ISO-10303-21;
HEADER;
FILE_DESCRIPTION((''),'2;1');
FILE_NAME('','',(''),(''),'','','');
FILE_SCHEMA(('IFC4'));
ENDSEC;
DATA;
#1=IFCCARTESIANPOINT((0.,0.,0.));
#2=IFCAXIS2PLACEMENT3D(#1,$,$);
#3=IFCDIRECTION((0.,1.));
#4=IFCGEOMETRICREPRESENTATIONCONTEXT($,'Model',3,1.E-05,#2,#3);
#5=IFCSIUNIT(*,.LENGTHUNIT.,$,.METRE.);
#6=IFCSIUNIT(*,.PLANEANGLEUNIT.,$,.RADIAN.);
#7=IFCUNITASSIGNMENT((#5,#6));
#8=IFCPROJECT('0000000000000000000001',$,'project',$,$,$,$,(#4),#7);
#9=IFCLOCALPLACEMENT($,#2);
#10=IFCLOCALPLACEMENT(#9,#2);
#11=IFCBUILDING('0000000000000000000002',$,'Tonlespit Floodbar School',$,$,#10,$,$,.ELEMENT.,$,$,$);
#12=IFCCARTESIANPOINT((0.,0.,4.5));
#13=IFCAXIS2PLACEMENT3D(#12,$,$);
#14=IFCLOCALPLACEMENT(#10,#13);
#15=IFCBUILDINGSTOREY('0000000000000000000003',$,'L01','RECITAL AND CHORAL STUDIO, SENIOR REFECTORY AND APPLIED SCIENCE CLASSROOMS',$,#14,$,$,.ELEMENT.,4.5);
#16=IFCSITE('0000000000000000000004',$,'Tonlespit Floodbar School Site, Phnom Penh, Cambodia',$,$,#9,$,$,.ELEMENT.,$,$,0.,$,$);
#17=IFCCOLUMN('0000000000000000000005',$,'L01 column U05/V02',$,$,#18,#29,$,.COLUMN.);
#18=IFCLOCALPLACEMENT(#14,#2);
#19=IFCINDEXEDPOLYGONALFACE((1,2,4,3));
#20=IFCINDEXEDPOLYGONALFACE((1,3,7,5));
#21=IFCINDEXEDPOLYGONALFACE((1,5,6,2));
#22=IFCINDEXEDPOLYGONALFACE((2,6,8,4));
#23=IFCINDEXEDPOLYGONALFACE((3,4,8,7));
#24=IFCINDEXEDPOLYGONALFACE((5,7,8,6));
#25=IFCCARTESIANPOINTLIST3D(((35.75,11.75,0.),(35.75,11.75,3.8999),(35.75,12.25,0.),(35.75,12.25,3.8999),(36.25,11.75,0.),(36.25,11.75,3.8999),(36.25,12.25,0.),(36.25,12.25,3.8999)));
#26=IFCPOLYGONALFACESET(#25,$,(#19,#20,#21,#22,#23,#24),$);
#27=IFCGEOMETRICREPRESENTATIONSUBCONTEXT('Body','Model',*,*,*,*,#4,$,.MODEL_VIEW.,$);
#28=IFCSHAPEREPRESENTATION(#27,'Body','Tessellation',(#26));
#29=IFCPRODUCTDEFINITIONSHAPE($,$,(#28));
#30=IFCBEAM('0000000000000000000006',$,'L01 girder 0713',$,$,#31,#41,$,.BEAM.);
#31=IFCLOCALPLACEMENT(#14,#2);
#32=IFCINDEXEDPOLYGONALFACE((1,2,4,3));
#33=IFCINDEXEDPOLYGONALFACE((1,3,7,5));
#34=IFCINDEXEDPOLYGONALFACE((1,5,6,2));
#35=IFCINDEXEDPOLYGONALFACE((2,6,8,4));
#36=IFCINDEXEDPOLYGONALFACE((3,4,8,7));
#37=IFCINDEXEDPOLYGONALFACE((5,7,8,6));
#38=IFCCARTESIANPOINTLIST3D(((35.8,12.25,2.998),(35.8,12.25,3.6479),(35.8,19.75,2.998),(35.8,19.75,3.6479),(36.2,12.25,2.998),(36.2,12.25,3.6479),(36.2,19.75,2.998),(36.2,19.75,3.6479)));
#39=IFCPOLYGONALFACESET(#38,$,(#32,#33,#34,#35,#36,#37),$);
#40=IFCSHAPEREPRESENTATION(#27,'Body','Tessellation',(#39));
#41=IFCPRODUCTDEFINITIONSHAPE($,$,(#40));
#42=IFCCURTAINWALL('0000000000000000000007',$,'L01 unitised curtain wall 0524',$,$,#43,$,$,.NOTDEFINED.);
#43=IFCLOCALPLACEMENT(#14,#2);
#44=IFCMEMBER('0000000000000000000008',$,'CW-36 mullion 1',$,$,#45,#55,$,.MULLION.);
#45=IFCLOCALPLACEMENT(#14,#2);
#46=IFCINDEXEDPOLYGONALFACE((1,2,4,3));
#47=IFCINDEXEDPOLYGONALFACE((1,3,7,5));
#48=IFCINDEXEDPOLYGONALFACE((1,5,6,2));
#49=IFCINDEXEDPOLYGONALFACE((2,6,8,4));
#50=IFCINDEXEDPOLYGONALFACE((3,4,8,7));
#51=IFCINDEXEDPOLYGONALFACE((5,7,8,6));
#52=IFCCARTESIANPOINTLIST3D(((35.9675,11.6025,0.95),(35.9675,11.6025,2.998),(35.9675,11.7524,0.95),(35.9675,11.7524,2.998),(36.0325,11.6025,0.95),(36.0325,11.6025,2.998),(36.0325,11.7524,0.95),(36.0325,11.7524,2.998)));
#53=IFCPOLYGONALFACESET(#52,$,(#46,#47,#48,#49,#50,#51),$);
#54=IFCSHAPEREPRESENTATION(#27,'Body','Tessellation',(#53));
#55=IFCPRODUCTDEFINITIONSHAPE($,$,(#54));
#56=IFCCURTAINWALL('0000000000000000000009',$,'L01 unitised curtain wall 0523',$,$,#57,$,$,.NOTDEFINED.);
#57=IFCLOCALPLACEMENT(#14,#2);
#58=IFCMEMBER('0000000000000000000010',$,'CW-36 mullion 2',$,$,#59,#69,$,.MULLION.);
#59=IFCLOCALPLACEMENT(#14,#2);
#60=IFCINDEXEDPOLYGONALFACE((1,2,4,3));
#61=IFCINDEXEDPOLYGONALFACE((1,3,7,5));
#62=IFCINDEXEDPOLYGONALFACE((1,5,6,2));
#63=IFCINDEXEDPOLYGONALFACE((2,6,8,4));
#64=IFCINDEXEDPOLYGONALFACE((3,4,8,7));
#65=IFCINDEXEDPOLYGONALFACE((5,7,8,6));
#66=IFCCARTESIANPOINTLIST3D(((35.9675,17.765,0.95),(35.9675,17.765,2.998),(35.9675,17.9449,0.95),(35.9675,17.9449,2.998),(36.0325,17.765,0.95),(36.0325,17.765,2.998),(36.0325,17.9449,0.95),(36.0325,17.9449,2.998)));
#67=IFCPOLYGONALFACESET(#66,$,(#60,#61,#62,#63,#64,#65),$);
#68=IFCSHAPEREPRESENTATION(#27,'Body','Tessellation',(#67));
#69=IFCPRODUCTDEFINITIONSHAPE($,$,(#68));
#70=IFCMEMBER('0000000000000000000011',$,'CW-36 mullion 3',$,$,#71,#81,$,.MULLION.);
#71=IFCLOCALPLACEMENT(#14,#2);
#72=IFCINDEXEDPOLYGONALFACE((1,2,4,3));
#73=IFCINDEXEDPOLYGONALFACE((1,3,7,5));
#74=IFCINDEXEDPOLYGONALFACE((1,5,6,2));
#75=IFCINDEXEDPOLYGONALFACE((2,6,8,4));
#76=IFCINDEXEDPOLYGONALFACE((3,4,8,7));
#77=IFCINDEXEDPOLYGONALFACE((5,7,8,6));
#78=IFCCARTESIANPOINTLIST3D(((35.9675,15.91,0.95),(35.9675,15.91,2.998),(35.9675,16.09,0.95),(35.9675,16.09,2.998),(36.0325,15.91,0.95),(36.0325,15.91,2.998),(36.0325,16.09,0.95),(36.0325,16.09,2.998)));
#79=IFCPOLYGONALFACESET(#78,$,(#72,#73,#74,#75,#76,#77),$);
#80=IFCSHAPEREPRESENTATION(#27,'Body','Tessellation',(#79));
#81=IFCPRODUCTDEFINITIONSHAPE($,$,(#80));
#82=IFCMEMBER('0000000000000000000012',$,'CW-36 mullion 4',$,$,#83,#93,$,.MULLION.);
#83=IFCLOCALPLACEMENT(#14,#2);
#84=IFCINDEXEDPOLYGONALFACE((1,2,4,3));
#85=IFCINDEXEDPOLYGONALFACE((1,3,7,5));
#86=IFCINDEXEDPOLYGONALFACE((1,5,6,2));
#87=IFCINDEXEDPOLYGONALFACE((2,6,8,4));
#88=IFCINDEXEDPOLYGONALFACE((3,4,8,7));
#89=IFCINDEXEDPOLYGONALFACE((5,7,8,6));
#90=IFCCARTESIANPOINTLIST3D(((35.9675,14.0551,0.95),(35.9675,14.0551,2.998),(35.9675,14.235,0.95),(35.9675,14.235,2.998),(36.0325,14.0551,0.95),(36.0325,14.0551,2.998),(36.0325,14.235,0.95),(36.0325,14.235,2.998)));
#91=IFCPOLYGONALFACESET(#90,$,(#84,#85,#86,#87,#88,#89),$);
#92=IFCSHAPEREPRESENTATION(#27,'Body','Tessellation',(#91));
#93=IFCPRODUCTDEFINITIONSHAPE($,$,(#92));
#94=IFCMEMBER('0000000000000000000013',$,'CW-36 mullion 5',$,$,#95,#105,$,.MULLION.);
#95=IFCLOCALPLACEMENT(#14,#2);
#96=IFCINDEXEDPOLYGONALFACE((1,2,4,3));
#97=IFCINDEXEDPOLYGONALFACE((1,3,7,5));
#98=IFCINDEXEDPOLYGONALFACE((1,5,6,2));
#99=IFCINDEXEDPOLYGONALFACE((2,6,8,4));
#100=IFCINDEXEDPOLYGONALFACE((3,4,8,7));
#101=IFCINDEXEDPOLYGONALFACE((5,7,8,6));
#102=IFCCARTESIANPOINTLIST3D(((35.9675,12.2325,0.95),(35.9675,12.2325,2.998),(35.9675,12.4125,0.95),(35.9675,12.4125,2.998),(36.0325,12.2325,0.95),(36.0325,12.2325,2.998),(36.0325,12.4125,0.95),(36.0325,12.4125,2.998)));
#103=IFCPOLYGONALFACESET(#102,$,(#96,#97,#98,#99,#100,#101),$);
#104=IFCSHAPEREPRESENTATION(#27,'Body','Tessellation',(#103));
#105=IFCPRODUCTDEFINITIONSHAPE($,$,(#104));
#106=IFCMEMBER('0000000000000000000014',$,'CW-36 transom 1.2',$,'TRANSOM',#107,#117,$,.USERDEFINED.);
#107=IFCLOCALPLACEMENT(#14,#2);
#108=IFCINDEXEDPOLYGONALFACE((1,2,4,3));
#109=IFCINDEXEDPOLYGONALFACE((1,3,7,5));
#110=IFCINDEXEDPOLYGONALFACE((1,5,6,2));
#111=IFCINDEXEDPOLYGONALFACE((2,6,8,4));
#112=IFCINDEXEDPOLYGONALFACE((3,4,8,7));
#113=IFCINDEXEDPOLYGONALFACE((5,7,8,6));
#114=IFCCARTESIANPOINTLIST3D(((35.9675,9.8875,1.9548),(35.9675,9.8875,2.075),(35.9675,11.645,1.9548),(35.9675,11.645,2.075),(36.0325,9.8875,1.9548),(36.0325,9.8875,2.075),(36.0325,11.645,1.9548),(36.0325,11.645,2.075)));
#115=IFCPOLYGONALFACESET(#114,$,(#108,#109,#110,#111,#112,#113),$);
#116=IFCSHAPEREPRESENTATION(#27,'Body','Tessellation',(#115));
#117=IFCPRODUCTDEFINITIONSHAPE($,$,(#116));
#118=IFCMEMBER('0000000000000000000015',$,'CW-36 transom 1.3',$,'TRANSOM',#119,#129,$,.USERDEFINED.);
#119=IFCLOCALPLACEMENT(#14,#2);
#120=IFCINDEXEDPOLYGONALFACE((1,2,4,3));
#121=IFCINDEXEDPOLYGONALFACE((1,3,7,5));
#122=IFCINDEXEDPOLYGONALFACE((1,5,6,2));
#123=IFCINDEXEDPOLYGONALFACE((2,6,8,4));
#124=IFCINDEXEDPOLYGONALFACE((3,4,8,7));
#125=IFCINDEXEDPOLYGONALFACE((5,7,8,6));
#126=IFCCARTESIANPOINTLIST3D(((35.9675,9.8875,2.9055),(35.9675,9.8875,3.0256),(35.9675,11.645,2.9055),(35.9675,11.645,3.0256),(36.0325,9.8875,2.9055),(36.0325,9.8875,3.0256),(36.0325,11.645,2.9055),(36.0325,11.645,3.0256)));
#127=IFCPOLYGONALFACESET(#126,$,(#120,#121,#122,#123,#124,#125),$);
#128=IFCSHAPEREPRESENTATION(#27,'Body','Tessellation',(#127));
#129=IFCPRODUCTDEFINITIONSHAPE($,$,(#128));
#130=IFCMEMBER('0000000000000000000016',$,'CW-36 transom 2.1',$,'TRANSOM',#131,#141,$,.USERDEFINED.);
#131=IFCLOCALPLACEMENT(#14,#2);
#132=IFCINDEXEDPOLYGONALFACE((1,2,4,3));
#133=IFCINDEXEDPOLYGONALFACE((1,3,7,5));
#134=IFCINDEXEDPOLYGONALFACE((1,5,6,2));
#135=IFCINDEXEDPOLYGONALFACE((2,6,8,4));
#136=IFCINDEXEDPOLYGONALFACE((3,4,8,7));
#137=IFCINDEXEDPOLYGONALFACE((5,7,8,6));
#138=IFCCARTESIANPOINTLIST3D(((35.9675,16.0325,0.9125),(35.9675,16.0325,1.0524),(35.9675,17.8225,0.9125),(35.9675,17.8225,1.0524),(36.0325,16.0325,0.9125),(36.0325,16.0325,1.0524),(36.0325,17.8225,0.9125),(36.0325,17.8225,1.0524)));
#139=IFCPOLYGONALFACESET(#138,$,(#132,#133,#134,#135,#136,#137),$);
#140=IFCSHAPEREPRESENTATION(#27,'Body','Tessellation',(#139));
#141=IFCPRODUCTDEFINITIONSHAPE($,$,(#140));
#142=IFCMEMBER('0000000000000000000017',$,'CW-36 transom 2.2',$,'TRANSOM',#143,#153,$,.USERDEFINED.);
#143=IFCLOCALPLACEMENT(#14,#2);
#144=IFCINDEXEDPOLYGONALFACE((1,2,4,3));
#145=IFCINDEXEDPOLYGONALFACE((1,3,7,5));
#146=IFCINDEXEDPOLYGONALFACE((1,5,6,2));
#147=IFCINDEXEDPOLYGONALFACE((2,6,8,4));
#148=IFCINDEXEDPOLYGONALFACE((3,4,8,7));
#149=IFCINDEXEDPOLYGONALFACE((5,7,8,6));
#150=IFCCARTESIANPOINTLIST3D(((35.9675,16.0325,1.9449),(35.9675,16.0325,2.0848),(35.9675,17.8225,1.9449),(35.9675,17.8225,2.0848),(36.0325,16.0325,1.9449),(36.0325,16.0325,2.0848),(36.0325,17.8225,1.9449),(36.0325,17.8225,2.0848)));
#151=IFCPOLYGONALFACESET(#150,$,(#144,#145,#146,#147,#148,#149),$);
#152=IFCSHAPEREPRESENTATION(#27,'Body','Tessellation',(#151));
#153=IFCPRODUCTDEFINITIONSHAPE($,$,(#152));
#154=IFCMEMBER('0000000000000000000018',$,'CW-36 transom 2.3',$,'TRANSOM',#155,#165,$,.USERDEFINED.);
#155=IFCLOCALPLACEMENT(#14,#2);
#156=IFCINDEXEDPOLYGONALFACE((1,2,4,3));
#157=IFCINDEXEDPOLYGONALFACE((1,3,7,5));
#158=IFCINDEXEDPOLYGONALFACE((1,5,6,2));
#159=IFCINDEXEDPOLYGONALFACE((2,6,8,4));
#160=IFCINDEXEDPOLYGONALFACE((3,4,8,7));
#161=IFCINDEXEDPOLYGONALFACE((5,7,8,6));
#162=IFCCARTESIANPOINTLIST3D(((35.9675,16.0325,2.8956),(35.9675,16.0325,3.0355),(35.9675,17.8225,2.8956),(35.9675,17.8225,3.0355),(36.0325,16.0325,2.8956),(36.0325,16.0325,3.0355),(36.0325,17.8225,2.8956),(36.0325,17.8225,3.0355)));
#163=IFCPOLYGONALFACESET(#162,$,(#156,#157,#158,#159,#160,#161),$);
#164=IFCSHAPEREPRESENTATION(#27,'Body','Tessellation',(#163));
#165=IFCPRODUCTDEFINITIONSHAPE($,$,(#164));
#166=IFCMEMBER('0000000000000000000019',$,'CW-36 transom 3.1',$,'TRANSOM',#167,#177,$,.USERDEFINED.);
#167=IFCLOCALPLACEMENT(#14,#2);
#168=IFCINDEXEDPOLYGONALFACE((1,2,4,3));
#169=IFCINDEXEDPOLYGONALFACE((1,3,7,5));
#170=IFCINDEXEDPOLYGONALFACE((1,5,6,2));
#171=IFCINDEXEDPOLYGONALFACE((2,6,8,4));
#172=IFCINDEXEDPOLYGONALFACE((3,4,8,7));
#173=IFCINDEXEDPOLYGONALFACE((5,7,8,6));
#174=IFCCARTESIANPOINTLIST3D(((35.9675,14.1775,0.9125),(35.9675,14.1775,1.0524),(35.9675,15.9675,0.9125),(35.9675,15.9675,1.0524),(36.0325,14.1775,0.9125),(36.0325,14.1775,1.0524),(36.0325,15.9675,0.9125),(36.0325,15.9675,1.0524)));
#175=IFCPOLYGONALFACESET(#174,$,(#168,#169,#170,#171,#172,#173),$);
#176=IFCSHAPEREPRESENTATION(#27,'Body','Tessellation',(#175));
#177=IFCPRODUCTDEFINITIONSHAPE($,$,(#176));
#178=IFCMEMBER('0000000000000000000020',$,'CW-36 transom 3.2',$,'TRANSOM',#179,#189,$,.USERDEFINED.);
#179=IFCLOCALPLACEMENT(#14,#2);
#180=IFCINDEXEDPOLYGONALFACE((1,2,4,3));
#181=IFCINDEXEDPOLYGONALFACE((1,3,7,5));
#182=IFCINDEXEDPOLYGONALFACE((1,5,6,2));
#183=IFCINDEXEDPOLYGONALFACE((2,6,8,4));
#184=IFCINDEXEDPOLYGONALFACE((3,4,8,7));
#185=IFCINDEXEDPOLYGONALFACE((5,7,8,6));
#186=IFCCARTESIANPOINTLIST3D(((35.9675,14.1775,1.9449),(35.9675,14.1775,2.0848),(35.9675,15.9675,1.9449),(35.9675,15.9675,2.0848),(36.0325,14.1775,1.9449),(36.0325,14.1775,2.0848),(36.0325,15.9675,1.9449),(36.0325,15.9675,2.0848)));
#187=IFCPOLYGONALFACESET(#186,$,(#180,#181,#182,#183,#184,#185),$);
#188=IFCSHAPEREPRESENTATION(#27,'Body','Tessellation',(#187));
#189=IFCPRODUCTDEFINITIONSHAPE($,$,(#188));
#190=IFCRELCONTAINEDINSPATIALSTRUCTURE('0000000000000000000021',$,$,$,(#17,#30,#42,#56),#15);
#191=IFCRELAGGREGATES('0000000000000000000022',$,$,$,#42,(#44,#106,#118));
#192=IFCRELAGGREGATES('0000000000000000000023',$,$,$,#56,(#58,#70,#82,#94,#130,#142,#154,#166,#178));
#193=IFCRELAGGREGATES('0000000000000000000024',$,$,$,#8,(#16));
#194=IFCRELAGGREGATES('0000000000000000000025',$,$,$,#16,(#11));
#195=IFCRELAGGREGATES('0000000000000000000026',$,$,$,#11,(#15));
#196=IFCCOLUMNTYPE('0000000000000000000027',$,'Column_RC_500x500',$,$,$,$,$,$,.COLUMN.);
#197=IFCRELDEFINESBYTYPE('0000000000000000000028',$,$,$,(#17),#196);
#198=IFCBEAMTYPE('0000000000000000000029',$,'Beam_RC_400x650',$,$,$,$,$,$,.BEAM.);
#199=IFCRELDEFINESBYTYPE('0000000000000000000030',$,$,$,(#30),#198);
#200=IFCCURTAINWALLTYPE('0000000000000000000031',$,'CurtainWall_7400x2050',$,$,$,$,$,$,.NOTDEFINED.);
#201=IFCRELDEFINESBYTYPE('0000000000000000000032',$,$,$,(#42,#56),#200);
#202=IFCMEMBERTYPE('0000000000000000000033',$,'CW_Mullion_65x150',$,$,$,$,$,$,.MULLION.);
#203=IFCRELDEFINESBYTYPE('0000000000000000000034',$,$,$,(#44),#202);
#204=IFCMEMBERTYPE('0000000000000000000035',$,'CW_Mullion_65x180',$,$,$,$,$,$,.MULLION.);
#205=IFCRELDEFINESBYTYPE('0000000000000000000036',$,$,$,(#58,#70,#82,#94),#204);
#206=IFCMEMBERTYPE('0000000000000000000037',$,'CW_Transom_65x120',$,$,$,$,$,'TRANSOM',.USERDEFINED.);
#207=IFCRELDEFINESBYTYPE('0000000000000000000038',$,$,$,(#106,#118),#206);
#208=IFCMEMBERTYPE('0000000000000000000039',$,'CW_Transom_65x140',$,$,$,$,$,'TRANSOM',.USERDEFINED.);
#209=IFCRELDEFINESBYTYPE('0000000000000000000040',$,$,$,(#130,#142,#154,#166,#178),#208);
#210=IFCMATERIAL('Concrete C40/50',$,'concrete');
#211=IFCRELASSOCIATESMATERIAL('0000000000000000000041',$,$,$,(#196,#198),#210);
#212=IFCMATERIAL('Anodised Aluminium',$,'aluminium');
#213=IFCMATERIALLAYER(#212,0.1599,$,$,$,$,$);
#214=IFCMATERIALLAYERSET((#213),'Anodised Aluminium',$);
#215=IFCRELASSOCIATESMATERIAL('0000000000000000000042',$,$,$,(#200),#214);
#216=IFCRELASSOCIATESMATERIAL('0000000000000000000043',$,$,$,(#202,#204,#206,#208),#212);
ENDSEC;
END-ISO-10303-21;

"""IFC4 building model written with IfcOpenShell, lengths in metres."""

from ifc_helpers import new_model, si_unit, direction, frame, origin, origin_2d, place, context, subcontext, project, spatial, rectangle, extrude, material, layer, layer_set, material_profile, profile_set, type_object, element, aggregate, save


model = new_model("IFC4")

# Units and contexts
model_context = context("Model", 3, precision=1e-05, world=origin(), true_north=direction((0.0, 1.0)))
body_context = subcontext(model_context, "Body", "Model", "MODEL_VIEW")
ifc_project = project(units=[si_unit("LENGTHUNIT", "METRE"), si_unit("PLANEANGLEUNIT", "RADIAN")], contexts=[model_context])

# Site, building, storey
site_placement = place(None, origin())
site = spatial("IfcSite", under=ifc_project, at=site_placement, Name="Tonlespit Floodbar School Site, Phnom Penh, Cambodia", CompositionType="ELEMENT", RefElevation=0.0)
building_placement = place(site_placement, origin())
building = spatial("IfcBuilding", under=site, at=building_placement, Name="Tonlespit Floodbar School", CompositionType="ELEMENT")
storey_placement = place(building_placement, frame((0.0, 0.0, 4.5)))
storey = spatial("IfcBuildingStorey", under=building, at=storey_placement, Name="L01", Description="RECITAL AND CHORAL STUDIO, SENIOR REFECTORY AND APPLIED SCIENCE CLASSROOMS", CompositionType="ELEMENT", Elevation=4.5)

# Column
ifc_material_1 = material(Name="Concrete C40/50", Category="concrete")
ifc_material_profile_1 = material_profile(ifc_material_1, rectangle(XDim=0.5, YDim=0.5, at=origin_2d()), Name="RC 500x500")
ifc_profile_set_1 = profile_set([ifc_material_profile_1], Name="Concrete C40/50")
column_type = type_object("IfcColumnType", Name="Column_RC_500x500", PredefinedType="COLUMN", material=ifc_profile_set_1)
column_placement = place(storey_placement, frame((36.0, 12.0, 0.0), z_axis=(0.0, 0.0, 1.0), x_axis=(1.0, 0.0, 0.0)))
element("IfcColumn", 1, at=column_placement, inside=storey, type_object=column_type, Name="L01 column U05/V02", PredefinedType="COLUMN", context=body_context, shape_type="SweptSolid", body=[
    extrude(rectangle(XDim=0.5, YDim=0.5, at=origin_2d()), origin(), (0.0, 0.0, 1.0), 3.8999),
])

# Beam
ifc_material_profile_2 = material_profile(ifc_material_1, rectangle(XDim=0.3999, YDim=0.6499, at=origin_2d()), Name="RC 400x650")
ifc_profile_set_2 = profile_set([ifc_material_profile_2], Name="Concrete C40/50")
beam_type = type_object("IfcBeamType", Name="Beam_RC_400x650", PredefinedType="BEAM", material=ifc_profile_set_2)
beam_placement = place(storey_placement, frame((36.0, 12.25, 3.323), z_axis=(0.0, 1.0, 0.0), x_axis=(-1.0, 0.0, 0.0)))
element("IfcBeam", 2, at=beam_placement, inside=storey, type_object=beam_type, Name="L01 girder 0713", PredefinedType="BEAM", context=body_context, shape_type="SweptSolid", body=[
    extrude(rectangle(XDim=0.3999, YDim=0.6499, at=origin_2d()), origin(), (0.0, 0.0, 1.0), 7.5),
])

# Curtain wall, member
ifc_material_2 = material(Name="Anodised Aluminium", Category="aluminium")
ifc_layer_1 = layer(ifc_material_2, 0.1599)
ifc_layer_set_1 = layer_set([ifc_layer_1], Name="Anodised Aluminium")
curtain_wall_type = type_object("IfcCurtainWallType", Name="CurtainWall_7400x2050", PredefinedType="NOTDEFINED", material=ifc_layer_set_1)
curtain_wall_1_placement = place(storey_placement, origin())
curtain_wall_1 = element("IfcCurtainWall", 3, at=curtain_wall_1_placement, inside=storey, type_object=curtain_wall_type, Name="L01 unitised curtain wall 0524", PredefinedType="NOTDEFINED")
ifc_material_profile_3 = material_profile(ifc_material_2, rectangle(XDim=0.0649, YDim=0.1499, at=origin_2d()), Name="ALU M65x150")
ifc_profile_set_3 = profile_set([ifc_material_profile_3], Name="Anodised Aluminium")
member_type_1 = type_object("IfcMemberType", Name="CW_Mullion_65x150", PredefinedType="MULLION", material=ifc_profile_set_3)
member_1_placement = place(storey_placement, frame((36.0, 11.6775, 0.95), z_axis=(0.0, 0.0, 1.0), x_axis=(1.0, 0.0, 0.0)))
member_1 = element("IfcMember", 4, at=member_1_placement, type_object=member_type_1, Name="CW-36 mullion 1", PredefinedType="MULLION", context=body_context, shape_type="SweptSolid", body=[
    extrude(rectangle(XDim=0.0649, YDim=0.1499, at=origin_2d()), origin(), (0.0, 0.0, 1.0), 2.0481),
])

# Curtain wall, members
curtain_wall_2_placement = place(storey_placement, origin())
curtain_wall_2 = element("IfcCurtainWall", 5, at=curtain_wall_2_placement, inside=storey, type_object=curtain_wall_type, Name="L01 unitised curtain wall 0523", PredefinedType="NOTDEFINED")
ifc_material_profile_4 = material_profile(ifc_material_2, rectangle(XDim=0.0649, YDim=0.1799, at=origin_2d()), Name="ALU M65x180")
ifc_profile_set_4 = profile_set([ifc_material_profile_4], Name="Anodised Aluminium")
member_type_2 = type_object("IfcMemberType", Name="CW_Mullion_65x180", PredefinedType="MULLION", material=ifc_profile_set_4)
member_2_placement = place(storey_placement, frame((36.0, 17.855, 0.95), z_axis=(0.0, 0.0, 1.0), x_axis=(1.0, 0.0, 0.0)))
member_2 = element("IfcMember", 6, at=member_2_placement, type_object=member_type_2, Name="CW-36 mullion 2", PredefinedType="MULLION", context=body_context, shape_type="SweptSolid", body=[
    extrude(rectangle(XDim=0.0649, YDim=0.1799, at=origin_2d()), origin(), (0.0, 0.0, 1.0), 2.0481),
])
member_3_placement = place(storey_placement, frame((36.0, 16.0, 0.95), z_axis=(0.0, 0.0, 1.0), x_axis=(1.0, 0.0, 0.0)))
member_3 = element("IfcMember", 7, at=member_3_placement, type_object=member_type_2, Name="CW-36 mullion 3", PredefinedType="MULLION", context=body_context, shape_type="SweptSolid", body=[
    extrude(rectangle(XDim=0.0649, YDim=0.1799, at=origin_2d()), origin(), (0.0, 0.0, 1.0), 2.0481),
])
member_4_placement = place(storey_placement, frame((36.0, 14.145, 0.95), z_axis=(0.0, 0.0, 1.0), x_axis=(1.0, 0.0, 0.0)))
member_4 = element("IfcMember", 8, at=member_4_placement, type_object=member_type_2, Name="CW-36 mullion 4", PredefinedType="MULLION", context=body_context, shape_type="SweptSolid", body=[
    extrude(rectangle(XDim=0.0649, YDim=0.1799, at=origin_2d()), origin(), (0.0, 0.0, 1.0), 2.0481),
])
member_5_placement = place(storey_placement, frame((36.0, 12.3225, 0.95), z_axis=(0.0, 0.0, 1.0), x_axis=(1.0, 0.0, 0.0)))
member_5 = element("IfcMember", 9, at=member_5_placement, type_object=member_type_2, Name="CW-36 mullion 5", PredefinedType="MULLION", context=body_context, shape_type="SweptSolid", body=[
    extrude(rectangle(XDim=0.0649, YDim=0.1799, at=origin_2d()), origin(), (0.0, 0.0, 1.0), 2.0481),
])

# Members
ifc_material_profile_5 = material_profile(ifc_material_2, rectangle(XDim=0.0649, YDim=0.1201, at=origin_2d()), Name="ALU T65x120")
ifc_profile_set_5 = profile_set([ifc_material_profile_5], Name="Anodised Aluminium")
member_type_3 = type_object("IfcMemberType", Name="CW_Transom_65x120", ElementType="TRANSOM", PredefinedType="USERDEFINED", material=ifc_profile_set_5)
member_6_placement = place(storey_placement, frame((36.0, 11.645, 2.0149), z_axis=(0.0, -1.0, 0.0), x_axis=(1.0, 0.0, 0.0)))
member_6 = element("IfcMember", 10, at=member_6_placement, type_object=member_type_3, Name="CW-36 transom 1.2", ObjectType="TRANSOM", PredefinedType="USERDEFINED", context=body_context, shape_type="SweptSolid", body=[
    extrude(rectangle(XDim=0.0649, YDim=0.1201, at=origin_2d()), origin(), (0.0, 0.0, 1.0), 1.7576),
])
member_7_placement = place(storey_placement, frame((36.0, 11.645, 2.9656), z_axis=(0.0, -1.0, 0.0), x_axis=(1.0, 0.0, 0.0)))
member_7 = element("IfcMember", 11, at=member_7_placement, type_object=member_type_3, Name="CW-36 transom 1.3", ObjectType="TRANSOM", PredefinedType="USERDEFINED", context=body_context, shape_type="SweptSolid", body=[
    extrude(rectangle(XDim=0.0649, YDim=0.1201, at=origin_2d()), origin(), (0.0, 0.0, 1.0), 1.7576),
])
aggregate(curtain_wall_1, [member_1, member_6, member_7])
ifc_material_profile_6 = material_profile(ifc_material_2, rectangle(XDim=0.0649, YDim=0.1399, at=origin_2d()), Name="ALU T65x140")
ifc_profile_set_6 = profile_set([ifc_material_profile_6], Name="Anodised Aluminium")
member_type_4 = type_object("IfcMemberType", Name="CW_Transom_65x140", ElementType="TRANSOM", PredefinedType="USERDEFINED", material=ifc_profile_set_6)
member_8_placement = place(storey_placement, frame((36.0, 17.8225, 0.9824), z_axis=(0.0, -1.0, 0.0), x_axis=(1.0, 0.0, 0.0)))
member_8 = element("IfcMember", 12, at=member_8_placement, type_object=member_type_4, Name="CW-36 transom 2.1", ObjectType="TRANSOM", PredefinedType="USERDEFINED", context=body_context, shape_type="SweptSolid", body=[
    extrude(rectangle(XDim=0.0649, YDim=0.1399, at=origin_2d()), origin(), (0.0, 0.0, 1.0), 1.79),
])
member_9_placement = place(storey_placement, frame((36.0, 17.8225, 2.0149), z_axis=(0.0, -1.0, 0.0), x_axis=(1.0, 0.0, 0.0)))
member_9 = element("IfcMember", 13, at=member_9_placement, type_object=member_type_4, Name="CW-36 transom 2.2", ObjectType="TRANSOM", PredefinedType="USERDEFINED", context=body_context, shape_type="SweptSolid", body=[
    extrude(rectangle(XDim=0.0649, YDim=0.1399, at=origin_2d()), origin(), (0.0, 0.0, 1.0), 1.79),
])
member_10_placement = place(storey_placement, frame((36.0, 17.8225, 2.9656), z_axis=(0.0, -1.0, 0.0), x_axis=(1.0, 0.0, 0.0)))
member_10 = element("IfcMember", 14, at=member_10_placement, type_object=member_type_4, Name="CW-36 transom 2.3", ObjectType="TRANSOM", PredefinedType="USERDEFINED", context=body_context, shape_type="SweptSolid", body=[
    extrude(rectangle(XDim=0.0649, YDim=0.1399, at=origin_2d()), origin(), (0.0, 0.0, 1.0), 1.79),
])
member_11_placement = place(storey_placement, frame((36.0, 15.9675, 0.9824), z_axis=(0.0, -1.0, 0.0), x_axis=(1.0, 0.0, 0.0)))
member_11 = element("IfcMember", 15, at=member_11_placement, type_object=member_type_4, Name="CW-36 transom 3.1", ObjectType="TRANSOM", PredefinedType="USERDEFINED", context=body_context, shape_type="SweptSolid", body=[
    extrude(rectangle(XDim=0.0649, YDim=0.1399, at=origin_2d()), origin(), (0.0, 0.0, 1.0), 1.79),
])
member_12_placement = place(storey_placement, frame((36.0, 15.9675, 2.0149), z_axis=(0.0, -1.0, 0.0), x_axis=(1.0, 0.0, 0.0)))
member_12 = element("IfcMember", 16, at=member_12_placement, type_object=member_type_4, Name="CW-36 transom 3.2", ObjectType="TRANSOM", PredefinedType="USERDEFINED", context=body_context, shape_type="SweptSolid", body=[
    extrude(rectangle(XDim=0.0649, YDim=0.1399, at=origin_2d()), origin(), (0.0, 0.0, 1.0), 1.79),
])

aggregate(curtain_wall_2, [member_2, member_3, member_4, member_5, member_8, member_9, member_10, member_11, member_12])

save(model, "model.ifc")
